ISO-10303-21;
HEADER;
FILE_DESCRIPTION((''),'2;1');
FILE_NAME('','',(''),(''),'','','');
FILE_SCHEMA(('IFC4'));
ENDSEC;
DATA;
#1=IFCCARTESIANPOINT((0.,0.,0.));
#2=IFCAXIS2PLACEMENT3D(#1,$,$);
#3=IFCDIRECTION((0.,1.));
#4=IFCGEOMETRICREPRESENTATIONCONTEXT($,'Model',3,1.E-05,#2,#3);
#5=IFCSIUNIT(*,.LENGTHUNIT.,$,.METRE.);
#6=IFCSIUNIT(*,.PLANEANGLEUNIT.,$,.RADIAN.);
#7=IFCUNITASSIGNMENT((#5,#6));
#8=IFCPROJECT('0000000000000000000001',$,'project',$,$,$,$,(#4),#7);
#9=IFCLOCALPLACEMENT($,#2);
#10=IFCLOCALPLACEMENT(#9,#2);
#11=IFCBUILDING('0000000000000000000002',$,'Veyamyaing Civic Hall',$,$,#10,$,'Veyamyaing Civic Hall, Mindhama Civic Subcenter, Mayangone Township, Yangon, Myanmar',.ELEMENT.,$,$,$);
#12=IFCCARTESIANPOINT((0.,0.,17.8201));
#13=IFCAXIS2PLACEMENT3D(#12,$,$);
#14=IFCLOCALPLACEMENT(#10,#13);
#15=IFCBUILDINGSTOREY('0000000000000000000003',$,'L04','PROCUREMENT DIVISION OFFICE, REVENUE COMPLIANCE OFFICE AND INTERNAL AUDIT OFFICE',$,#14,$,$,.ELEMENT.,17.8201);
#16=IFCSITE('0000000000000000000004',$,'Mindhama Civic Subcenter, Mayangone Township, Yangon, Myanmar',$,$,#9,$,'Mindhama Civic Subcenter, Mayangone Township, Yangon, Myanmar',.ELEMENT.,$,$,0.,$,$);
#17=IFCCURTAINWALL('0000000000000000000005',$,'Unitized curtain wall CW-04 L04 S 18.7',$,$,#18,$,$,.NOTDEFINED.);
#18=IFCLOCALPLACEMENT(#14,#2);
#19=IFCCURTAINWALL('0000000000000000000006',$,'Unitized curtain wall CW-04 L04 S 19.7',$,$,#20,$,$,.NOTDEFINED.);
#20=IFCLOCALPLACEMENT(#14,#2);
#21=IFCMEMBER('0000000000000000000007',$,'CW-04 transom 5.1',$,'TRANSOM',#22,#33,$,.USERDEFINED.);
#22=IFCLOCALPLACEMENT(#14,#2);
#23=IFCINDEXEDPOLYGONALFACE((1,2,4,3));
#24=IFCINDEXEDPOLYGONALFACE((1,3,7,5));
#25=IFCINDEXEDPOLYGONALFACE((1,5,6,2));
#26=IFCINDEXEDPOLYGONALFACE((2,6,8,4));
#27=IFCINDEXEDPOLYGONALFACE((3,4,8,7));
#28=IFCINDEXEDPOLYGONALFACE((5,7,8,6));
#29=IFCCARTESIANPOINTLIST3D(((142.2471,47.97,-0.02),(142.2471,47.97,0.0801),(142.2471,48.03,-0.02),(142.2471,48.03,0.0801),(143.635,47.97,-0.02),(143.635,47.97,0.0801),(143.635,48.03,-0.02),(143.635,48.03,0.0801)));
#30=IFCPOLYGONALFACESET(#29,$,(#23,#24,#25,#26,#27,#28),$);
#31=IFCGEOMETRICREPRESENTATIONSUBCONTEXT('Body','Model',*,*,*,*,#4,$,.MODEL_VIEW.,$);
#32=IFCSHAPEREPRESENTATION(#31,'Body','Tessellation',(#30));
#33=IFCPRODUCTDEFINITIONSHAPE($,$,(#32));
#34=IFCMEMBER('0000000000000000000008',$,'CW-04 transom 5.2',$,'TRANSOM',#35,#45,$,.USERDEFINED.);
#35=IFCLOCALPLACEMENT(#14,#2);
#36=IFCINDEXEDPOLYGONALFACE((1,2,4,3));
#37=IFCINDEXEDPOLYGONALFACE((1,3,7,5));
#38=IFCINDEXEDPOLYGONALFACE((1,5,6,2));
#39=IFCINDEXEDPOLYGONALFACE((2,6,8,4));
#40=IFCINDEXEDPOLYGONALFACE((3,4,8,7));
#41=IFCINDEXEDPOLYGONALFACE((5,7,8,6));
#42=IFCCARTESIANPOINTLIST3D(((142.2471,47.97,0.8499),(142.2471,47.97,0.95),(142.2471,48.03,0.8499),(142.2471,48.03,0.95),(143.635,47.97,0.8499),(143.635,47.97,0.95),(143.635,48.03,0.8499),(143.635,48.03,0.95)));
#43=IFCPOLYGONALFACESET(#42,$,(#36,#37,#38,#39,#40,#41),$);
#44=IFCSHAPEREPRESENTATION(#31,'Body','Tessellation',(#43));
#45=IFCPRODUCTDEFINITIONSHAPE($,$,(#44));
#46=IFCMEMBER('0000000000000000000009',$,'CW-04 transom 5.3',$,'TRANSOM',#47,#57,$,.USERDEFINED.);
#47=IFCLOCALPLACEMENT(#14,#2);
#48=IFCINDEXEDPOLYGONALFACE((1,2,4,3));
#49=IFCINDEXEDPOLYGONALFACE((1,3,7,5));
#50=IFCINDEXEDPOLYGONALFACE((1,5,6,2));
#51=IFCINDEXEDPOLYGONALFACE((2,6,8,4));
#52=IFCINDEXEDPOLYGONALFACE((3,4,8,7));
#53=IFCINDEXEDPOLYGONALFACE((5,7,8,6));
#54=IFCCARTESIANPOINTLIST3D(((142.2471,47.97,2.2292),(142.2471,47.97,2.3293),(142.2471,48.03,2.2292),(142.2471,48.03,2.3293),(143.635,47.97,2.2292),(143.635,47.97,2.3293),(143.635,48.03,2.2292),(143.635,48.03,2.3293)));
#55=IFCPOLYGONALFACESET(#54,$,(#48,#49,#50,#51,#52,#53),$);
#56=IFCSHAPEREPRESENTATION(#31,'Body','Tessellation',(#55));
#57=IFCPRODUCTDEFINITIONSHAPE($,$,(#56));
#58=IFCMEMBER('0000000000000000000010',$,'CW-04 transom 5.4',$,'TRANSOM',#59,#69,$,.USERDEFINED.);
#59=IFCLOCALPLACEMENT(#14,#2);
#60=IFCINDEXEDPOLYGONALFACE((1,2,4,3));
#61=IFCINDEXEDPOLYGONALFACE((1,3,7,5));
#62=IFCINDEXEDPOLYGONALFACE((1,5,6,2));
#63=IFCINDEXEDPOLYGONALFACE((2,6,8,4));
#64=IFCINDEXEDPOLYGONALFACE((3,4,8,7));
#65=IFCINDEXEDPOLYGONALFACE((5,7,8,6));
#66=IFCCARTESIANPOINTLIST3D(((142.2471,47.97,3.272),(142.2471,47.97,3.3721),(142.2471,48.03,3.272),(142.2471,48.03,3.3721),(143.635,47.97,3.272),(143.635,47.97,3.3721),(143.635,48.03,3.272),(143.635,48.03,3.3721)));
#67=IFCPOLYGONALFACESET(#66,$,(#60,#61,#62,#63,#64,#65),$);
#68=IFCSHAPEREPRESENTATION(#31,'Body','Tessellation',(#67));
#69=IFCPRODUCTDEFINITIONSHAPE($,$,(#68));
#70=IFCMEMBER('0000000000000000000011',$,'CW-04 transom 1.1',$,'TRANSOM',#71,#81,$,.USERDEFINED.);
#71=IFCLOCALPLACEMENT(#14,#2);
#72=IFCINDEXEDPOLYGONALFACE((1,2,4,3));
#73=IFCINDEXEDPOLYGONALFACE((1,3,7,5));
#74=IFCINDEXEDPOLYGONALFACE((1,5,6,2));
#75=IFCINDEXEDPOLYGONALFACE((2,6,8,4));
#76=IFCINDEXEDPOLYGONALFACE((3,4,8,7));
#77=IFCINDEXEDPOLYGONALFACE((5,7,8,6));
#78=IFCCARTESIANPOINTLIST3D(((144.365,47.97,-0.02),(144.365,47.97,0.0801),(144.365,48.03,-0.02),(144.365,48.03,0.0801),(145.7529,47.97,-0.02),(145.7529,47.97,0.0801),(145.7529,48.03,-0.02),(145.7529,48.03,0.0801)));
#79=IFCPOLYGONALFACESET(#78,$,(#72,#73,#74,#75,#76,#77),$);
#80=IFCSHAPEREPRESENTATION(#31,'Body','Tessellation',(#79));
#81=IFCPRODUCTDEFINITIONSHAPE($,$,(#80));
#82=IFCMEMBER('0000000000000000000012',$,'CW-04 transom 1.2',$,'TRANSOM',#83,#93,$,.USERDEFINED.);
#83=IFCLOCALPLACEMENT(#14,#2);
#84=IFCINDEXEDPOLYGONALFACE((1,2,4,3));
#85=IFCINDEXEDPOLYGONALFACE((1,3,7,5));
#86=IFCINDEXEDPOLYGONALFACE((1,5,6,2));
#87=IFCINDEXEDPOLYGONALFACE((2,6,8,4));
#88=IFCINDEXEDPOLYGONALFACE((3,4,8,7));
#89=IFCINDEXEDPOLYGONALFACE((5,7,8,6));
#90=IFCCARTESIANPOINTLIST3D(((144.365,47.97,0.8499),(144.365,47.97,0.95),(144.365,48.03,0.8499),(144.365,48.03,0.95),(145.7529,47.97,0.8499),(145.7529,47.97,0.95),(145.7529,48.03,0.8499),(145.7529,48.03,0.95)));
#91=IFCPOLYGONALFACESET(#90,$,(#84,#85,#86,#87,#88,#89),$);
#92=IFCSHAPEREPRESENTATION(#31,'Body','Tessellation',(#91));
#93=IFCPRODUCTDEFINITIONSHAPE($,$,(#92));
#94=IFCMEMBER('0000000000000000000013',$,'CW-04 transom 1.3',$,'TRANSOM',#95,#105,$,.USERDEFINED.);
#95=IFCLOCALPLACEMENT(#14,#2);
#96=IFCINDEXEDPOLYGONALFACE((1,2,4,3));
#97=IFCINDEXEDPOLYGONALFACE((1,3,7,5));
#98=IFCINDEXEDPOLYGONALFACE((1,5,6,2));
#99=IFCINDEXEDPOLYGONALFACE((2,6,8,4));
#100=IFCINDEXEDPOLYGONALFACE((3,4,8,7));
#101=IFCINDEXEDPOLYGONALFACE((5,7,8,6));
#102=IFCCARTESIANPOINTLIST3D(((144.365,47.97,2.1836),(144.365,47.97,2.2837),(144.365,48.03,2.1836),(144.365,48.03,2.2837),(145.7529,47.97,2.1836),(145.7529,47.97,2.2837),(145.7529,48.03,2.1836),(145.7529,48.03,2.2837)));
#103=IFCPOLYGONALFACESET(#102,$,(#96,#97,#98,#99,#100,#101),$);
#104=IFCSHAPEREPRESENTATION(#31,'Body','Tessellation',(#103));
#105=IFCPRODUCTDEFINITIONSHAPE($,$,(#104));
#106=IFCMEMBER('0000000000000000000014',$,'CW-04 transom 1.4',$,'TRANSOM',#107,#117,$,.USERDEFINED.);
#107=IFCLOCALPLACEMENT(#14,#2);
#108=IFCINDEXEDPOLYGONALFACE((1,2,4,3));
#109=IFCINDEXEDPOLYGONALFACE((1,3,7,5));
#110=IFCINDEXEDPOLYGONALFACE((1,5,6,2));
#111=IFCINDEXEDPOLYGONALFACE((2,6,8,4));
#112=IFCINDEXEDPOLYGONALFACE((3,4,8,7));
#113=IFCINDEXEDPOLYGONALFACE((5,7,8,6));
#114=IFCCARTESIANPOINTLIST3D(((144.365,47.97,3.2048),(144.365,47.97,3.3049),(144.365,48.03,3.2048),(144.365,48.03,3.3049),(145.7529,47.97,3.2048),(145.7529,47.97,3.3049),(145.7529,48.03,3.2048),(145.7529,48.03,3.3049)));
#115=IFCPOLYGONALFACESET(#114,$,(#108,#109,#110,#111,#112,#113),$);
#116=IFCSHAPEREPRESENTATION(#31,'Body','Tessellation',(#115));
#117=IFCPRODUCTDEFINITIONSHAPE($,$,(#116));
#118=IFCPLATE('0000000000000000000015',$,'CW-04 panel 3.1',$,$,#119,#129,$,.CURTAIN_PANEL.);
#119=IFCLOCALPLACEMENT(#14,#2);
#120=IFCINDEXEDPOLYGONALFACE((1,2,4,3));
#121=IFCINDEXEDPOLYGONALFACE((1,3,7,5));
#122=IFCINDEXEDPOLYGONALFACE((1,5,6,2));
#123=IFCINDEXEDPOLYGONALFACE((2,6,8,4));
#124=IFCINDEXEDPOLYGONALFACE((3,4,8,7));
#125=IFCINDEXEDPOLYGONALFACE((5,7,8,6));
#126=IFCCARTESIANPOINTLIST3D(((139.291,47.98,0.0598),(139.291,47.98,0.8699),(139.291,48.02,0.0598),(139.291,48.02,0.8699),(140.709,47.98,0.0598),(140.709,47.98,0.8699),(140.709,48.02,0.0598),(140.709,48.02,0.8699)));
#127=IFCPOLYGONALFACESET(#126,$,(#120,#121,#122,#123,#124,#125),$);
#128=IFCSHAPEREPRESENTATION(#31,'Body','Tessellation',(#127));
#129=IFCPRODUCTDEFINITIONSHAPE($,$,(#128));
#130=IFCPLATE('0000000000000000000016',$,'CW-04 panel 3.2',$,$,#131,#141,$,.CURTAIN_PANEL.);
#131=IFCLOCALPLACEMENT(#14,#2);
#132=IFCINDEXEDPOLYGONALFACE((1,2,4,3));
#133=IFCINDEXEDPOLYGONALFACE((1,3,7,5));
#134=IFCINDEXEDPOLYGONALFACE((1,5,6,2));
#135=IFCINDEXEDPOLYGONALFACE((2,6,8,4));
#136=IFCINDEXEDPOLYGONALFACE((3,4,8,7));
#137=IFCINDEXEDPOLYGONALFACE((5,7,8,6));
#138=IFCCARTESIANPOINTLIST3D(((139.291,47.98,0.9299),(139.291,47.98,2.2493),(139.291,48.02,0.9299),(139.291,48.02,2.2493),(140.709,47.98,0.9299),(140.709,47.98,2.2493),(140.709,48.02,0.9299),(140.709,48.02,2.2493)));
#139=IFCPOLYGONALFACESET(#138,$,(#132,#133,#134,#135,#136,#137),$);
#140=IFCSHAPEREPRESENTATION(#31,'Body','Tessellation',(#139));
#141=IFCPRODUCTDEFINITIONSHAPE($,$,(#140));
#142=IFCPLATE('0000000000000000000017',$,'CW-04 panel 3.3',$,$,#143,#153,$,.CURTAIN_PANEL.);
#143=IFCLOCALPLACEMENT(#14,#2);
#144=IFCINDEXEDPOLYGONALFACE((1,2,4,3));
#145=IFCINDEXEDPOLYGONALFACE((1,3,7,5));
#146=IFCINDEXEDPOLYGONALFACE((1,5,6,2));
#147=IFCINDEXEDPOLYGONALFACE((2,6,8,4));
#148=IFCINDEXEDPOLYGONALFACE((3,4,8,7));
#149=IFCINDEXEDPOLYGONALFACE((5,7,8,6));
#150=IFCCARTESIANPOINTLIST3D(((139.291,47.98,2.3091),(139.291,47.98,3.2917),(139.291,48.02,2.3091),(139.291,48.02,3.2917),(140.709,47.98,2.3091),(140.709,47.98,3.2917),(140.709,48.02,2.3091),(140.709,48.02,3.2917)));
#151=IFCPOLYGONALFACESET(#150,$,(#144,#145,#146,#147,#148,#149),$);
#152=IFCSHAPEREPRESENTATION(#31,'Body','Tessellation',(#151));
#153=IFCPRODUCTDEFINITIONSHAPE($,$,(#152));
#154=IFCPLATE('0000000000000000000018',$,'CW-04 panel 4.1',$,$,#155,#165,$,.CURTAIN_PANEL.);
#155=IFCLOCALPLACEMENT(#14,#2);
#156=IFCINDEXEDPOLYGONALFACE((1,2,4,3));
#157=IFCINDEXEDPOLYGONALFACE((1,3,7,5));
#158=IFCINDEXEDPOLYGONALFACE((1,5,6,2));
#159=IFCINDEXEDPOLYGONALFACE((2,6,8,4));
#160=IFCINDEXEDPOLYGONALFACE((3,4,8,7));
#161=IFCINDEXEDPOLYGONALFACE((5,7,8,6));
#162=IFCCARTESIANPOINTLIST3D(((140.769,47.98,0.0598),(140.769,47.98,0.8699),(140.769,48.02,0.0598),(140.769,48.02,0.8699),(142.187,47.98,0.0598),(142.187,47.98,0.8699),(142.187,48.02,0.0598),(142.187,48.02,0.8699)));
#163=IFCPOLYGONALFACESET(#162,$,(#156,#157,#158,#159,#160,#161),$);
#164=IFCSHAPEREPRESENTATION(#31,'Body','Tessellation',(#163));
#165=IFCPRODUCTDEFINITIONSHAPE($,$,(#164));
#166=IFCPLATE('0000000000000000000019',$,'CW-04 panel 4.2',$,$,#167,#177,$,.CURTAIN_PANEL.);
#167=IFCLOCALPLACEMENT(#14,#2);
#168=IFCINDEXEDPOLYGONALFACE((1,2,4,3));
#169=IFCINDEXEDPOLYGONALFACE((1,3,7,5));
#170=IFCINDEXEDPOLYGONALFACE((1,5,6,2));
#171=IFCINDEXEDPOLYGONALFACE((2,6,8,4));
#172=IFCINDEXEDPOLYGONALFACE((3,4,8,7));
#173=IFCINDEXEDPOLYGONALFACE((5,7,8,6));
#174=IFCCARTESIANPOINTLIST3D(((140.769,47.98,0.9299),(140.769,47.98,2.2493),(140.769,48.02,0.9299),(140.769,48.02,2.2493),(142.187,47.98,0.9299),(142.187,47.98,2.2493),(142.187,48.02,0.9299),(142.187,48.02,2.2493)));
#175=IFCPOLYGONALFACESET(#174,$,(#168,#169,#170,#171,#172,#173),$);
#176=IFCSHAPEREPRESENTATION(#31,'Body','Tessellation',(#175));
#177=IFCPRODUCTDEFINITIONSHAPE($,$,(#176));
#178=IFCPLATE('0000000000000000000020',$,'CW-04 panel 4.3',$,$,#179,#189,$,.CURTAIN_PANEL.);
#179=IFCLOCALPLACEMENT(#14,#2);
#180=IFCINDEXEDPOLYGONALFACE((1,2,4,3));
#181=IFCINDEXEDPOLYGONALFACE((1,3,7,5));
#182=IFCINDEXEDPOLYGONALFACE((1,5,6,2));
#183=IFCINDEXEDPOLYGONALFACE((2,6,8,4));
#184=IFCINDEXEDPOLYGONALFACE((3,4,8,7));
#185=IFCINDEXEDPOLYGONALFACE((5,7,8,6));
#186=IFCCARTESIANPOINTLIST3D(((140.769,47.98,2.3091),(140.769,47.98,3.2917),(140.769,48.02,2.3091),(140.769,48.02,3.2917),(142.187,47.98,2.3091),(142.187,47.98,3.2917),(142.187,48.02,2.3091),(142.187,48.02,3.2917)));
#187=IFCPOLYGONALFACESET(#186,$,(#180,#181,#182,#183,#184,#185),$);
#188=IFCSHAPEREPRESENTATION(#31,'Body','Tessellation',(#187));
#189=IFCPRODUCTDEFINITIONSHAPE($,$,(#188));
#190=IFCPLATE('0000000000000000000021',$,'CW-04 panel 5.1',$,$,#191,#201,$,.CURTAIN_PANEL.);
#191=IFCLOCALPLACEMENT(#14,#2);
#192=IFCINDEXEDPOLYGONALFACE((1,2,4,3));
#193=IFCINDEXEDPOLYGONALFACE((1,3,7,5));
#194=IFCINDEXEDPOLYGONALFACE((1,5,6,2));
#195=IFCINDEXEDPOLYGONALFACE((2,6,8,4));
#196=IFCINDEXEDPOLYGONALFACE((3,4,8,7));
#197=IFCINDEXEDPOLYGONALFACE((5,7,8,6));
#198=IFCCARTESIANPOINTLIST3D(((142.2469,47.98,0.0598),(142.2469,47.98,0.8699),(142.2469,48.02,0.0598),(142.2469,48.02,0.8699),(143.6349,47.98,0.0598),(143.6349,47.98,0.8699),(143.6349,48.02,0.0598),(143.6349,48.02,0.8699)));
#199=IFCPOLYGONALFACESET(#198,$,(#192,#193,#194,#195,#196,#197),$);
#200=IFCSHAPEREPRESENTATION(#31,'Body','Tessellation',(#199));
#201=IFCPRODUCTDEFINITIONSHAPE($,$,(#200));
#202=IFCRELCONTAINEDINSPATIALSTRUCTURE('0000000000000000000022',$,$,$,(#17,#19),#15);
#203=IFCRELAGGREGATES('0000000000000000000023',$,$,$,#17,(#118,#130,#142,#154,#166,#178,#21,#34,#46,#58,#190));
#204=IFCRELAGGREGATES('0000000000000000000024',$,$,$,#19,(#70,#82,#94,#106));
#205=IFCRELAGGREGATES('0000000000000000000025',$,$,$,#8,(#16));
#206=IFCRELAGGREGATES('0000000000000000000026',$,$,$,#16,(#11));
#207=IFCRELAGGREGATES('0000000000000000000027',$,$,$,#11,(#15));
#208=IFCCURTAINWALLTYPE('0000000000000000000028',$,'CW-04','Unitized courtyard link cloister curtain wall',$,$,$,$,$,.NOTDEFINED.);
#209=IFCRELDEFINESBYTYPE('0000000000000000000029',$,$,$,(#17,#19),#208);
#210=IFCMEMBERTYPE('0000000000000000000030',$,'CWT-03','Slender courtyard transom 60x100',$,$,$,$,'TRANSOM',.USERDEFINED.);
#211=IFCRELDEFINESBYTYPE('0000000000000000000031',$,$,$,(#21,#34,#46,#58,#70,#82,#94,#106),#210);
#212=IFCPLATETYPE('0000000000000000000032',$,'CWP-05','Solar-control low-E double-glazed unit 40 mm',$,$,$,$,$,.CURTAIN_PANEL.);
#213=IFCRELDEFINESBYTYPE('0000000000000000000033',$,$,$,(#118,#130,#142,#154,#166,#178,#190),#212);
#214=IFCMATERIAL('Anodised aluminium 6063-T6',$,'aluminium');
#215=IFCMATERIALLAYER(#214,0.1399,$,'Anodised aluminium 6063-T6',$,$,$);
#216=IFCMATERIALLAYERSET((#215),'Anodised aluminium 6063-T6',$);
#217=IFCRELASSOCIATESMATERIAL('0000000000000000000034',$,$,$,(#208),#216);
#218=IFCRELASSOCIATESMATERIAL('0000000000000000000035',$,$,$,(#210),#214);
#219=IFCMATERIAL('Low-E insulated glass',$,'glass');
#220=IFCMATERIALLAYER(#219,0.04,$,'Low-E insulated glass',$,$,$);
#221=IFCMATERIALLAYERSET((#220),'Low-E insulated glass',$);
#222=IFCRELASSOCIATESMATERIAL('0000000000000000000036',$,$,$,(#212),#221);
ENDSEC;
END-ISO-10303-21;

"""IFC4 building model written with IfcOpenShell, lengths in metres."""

from ifc_helpers import new_model, si_unit, direction, frame, origin, origin_2d, place, context, subcontext, project, spatial, rectangle, extrude, material, layer, layer_set, material_profile, profile_set, type_object, element, aggregate, save


model = new_model("IFC4")

# Units and contexts
model_context = context("Model", 3, precision=1e-05, world=origin(), true_north=direction((0.0, 1.0)))
body_context = subcontext(model_context, "Body", "Model", "MODEL_VIEW")
ifc_project = project(units=[si_unit("LENGTHUNIT", "METRE"), si_unit("PLANEANGLEUNIT", "RADIAN")], contexts=[model_context])

# Site, building, storey
site_placement = place(None, origin())
site = spatial("IfcSite", under=ifc_project, at=site_placement, Name="Mindhama Civic Subcenter, Mayangone Township, Yangon, Myanmar", LongName="Mindhama Civic Subcenter, Mayangone Township, Yangon, Myanmar", CompositionType="ELEMENT", RefElevation=0.0)
building_placement = place(site_placement, origin())
building = spatial("IfcBuilding", under=site, at=building_placement, Name="Veyamyaing Civic Hall", LongName="Veyamyaing Civic Hall, Mindhama Civic Subcenter, Mayangone Township, Yangon, Myanmar", CompositionType="ELEMENT")
storey_placement = place(building_placement, frame((0.0, 0.0, 17.8201)))
storey = spatial("IfcBuildingStorey", under=building, at=storey_placement, Name="L04", Description="PROCUREMENT DIVISION OFFICE, REVENUE COMPLIANCE OFFICE AND INTERNAL AUDIT OFFICE", CompositionType="ELEMENT", Elevation=17.8201)

# Curtain wall
ifc_material_1 = material(Name="Anodised aluminium 6063-T6", Category="aluminium")
ifc_layer_1 = layer(ifc_material_1, 0.1399, Name="Anodised aluminium 6063-T6")
ifc_layer_set_1 = layer_set([ifc_layer_1], Name="Anodised aluminium 6063-T6")
curtain_wall_type = type_object("IfcCurtainWallType", Name="CW-04", Description="Unitized courtyard link cloister curtain wall", PredefinedType="NOTDEFINED", material=ifc_layer_set_1)
curtain_wall_1_placement = place(storey_placement, origin())
curtain_wall_1 = element("IfcCurtainWall", 1, at=curtain_wall_1_placement, inside=storey, type_object=curtain_wall_type, Name="Unitized curtain wall CW-04 L04 S 18.7", PredefinedType="NOTDEFINED")

# Curtain wall
curtain_wall_2_placement = place(storey_placement, origin())
curtain_wall_2 = element("IfcCurtainWall", 2, at=curtain_wall_2_placement, inside=storey, type_object=curtain_wall_type, Name="Unitized curtain wall CW-04 L04 S 19.7", PredefinedType="NOTDEFINED")

# Members
ifc_material_profile_1 = material_profile(ifc_material_1, rectangle(XDim=0.0601, YDim=0.1001, at=origin_2d()), Name="ALU-TRN-60X100")
ifc_profile_set_1 = profile_set([ifc_material_profile_1], Name="Anodised aluminium 6063-T6")
member_type_1 = type_object("IfcMemberType", Name="CWT-03", Description="Slender courtyard transom 60x100", ElementType="TRANSOM", PredefinedType="USERDEFINED", material=ifc_profile_set_1)
member_1_placement = place(storey_placement, frame((142.2471, 48.0, 0.03), z_axis=(1.0, 0.0, 0.0), x_axis=(0.0, 1.0, 0.0)))
member_1 = element("IfcMember", 3, at=member_1_placement, type_object=member_type_1, Name="CW-04 transom 5.1", ObjectType="TRANSOM", PredefinedType="USERDEFINED", context=body_context, shape_type="SweptSolid", body=[
    extrude(rectangle(XDim=0.0601, YDim=0.1001, at=origin_2d()), origin(), (0.0, 0.0, 1.0), 1.3879),
])
member_2_placement = place(storey_placement, frame((142.2471, 48.0, 0.8999), z_axis=(1.0, 0.0, 0.0), x_axis=(0.0, 1.0, 0.0)))
member_2 = element("IfcMember", 4, at=member_2_placement, type_object=member_type_1, Name="CW-04 transom 5.2", ObjectType="TRANSOM", PredefinedType="USERDEFINED", context=body_context, shape_type="SweptSolid", body=[
    extrude(rectangle(XDim=0.0601, YDim=0.1001, at=origin_2d()), origin(), (0.0, 0.0, 1.0), 1.3879),
])
member_3_placement = place(storey_placement, frame((142.2471, 48.0, 2.2793), z_axis=(1.0, 0.0, 0.0), x_axis=(0.0, 1.0, 0.0)))
member_3 = element("IfcMember", 5, at=member_3_placement, type_object=member_type_1, Name="CW-04 transom 5.3", ObjectType="TRANSOM", PredefinedType="USERDEFINED", context=body_context, shape_type="SweptSolid", body=[
    extrude(rectangle(XDim=0.0601, YDim=0.1001, at=origin_2d()), origin(), (0.0, 0.0, 1.0), 1.3879),
])
member_4_placement = place(storey_placement, frame((142.2471, 48.0, 3.322), z_axis=(1.0, 0.0, 0.0), x_axis=(0.0, 1.0, 0.0)))
member_4 = element("IfcMember", 6, at=member_4_placement, type_object=member_type_1, Name="CW-04 transom 5.4", ObjectType="TRANSOM", PredefinedType="USERDEFINED", context=body_context, shape_type="SweptSolid", body=[
    extrude(rectangle(XDim=0.0601, YDim=0.1001, at=origin_2d()), origin(), (0.0, 0.0, 1.0), 1.3879),
])
member_5_placement = place(storey_placement, frame((144.365, 48.0, 0.03), z_axis=(1.0, 0.0, 0.0), x_axis=(0.0, 1.0, 0.0)))
member_5 = element("IfcMember", 7, at=member_5_placement, type_object=member_type_1, Name="CW-04 transom 1.1", ObjectType="TRANSOM", PredefinedType="USERDEFINED", context=body_context, shape_type="SweptSolid", body=[
    extrude(rectangle(XDim=0.0601, YDim=0.1001, at=origin_2d()), origin(), (0.0, 0.0, 1.0), 1.3879),
])
member_6_placement = place(storey_placement, frame((144.365, 48.0, 0.8999), z_axis=(1.0, 0.0, 0.0), x_axis=(0.0, 1.0, 0.0)))
member_6 = element("IfcMember", 8, at=member_6_placement, type_object=member_type_1, Name="CW-04 transom 1.2", ObjectType="TRANSOM", PredefinedType="USERDEFINED", context=body_context, shape_type="SweptSolid", body=[
    extrude(rectangle(XDim=0.0601, YDim=0.1001, at=origin_2d()), origin(), (0.0, 0.0, 1.0), 1.3879),
])
member_7_placement = place(storey_placement, frame((144.365, 48.0, 2.2336), z_axis=(1.0, 0.0, 0.0), x_axis=(0.0, 1.0, 0.0)))
member_7 = element("IfcMember", 9, at=member_7_placement, type_object=member_type_1, Name="CW-04 transom 1.3", ObjectType="TRANSOM", PredefinedType="USERDEFINED", context=body_context, shape_type="SweptSolid", body=[
    extrude(rectangle(XDim=0.0601, YDim=0.1001, at=origin_2d()), origin(), (0.0, 0.0, 1.0), 1.3879),
])
member_8_placement = place(storey_placement, frame((144.365, 48.0, 3.2549), z_axis=(1.0, 0.0, 0.0), x_axis=(0.0, 1.0, 0.0)))
member_8 = element("IfcMember", 10, at=member_8_placement, type_object=member_type_1, Name="CW-04 transom 1.4", ObjectType="TRANSOM", PredefinedType="USERDEFINED", context=body_context, shape_type="SweptSolid", body=[
    extrude(rectangle(XDim=0.0601, YDim=0.1001, at=origin_2d()), origin(), (0.0, 0.0, 1.0), 1.3879),
])

# Plates
ifc_material_2 = material(Name="Low-E insulated glass", Category="glass")
ifc_layer_2 = layer(ifc_material_2, 0.04, Name="Low-E insulated glass")
ifc_layer_set_2 = layer_set([ifc_layer_2], Name="Low-E insulated glass")
plate_type_1 = type_object("IfcPlateType", Name="CWP-05", Description="Solar-control low-E double-glazed unit 40 mm", PredefinedType="CURTAIN_PANEL", material=ifc_layer_set_2)
plate_1_placement = place(storey_placement, frame((140.0, 48.0, 0.0598), z_axis=(0.0, 0.0, 1.0), x_axis=(1.0, 0.0, 0.0)))
plate_1 = element("IfcPlate", 11, at=plate_1_placement, type_object=plate_type_1, Name="CW-04 panel 3.1", PredefinedType="CURTAIN_PANEL", context=body_context, shape_type="SweptSolid", body=[
    extrude(rectangle(XDim=1.418, YDim=0.04, at=origin_2d()), origin(), (0.0, 0.0, 1.0), 0.8101),
])
plate_2_placement = place(storey_placement, frame((140.0, 48.0, 0.9299), z_axis=(0.0, 0.0, 1.0), x_axis=(1.0, 0.0, 0.0)))
plate_2 = element("IfcPlate", 12, at=plate_2_placement, type_object=plate_type_1, Name="CW-04 panel 3.2", PredefinedType="CURTAIN_PANEL", context=body_context, shape_type="SweptSolid", body=[
    extrude(rectangle(XDim=1.418, YDim=0.04, at=origin_2d()), origin(), (0.0, 0.0, 1.0), 1.3193),
])
plate_3_placement = place(storey_placement, frame((140.0, 48.0, 2.3091), z_axis=(0.0, 0.0, 1.0), x_axis=(1.0, 0.0, 0.0)))
plate_3 = element("IfcPlate", 13, at=plate_3_placement, type_object=plate_type_1, Name="CW-04 panel 3.3", PredefinedType="CURTAIN_PANEL", context=body_context, shape_type="SweptSolid", body=[
    extrude(rectangle(XDim=1.418, YDim=0.04, at=origin_2d()), origin(), (0.0, 0.0, 1.0), 0.9827),
])
plate_4_placement = place(storey_placement, frame((141.478, 48.0, 0.0598), z_axis=(0.0, 0.0, 1.0), x_axis=(1.0, 0.0, 0.0)))
plate_4 = element("IfcPlate", 14, at=plate_4_placement, type_object=plate_type_1, Name="CW-04 panel 4.1", PredefinedType="CURTAIN_PANEL", context=body_context, shape_type="SweptSolid", body=[
    extrude(rectangle(XDim=1.418, YDim=0.04, at=origin_2d()), origin(), (0.0, 0.0, 1.0), 0.8101),
])
plate_5_placement = place(storey_placement, frame((141.478, 48.0, 0.9299), z_axis=(0.0, 0.0, 1.0), x_axis=(1.0, 0.0, 0.0)))
plate_5 = element("IfcPlate", 15, at=plate_5_placement, type_object=plate_type_1, Name="CW-04 panel 4.2", PredefinedType="CURTAIN_PANEL", context=body_context, shape_type="SweptSolid", body=[
    extrude(rectangle(XDim=1.418, YDim=0.04, at=origin_2d()), origin(), (0.0, 0.0, 1.0), 1.3193),
])
plate_6_placement = place(storey_placement, frame((141.478, 48.0, 2.3091), z_axis=(0.0, 0.0, 1.0), x_axis=(1.0, 0.0, 0.0)))
plate_6 = element("IfcPlate", 16, at=plate_6_placement, type_object=plate_type_1, Name="CW-04 panel 4.3", PredefinedType="CURTAIN_PANEL", context=body_context, shape_type="SweptSolid", body=[
    extrude(rectangle(XDim=1.418, YDim=0.04, at=origin_2d()), origin(), (0.0, 0.0, 1.0), 0.9827),
])
plate_7_placement = place(storey_placement, frame((142.9409, 48.0, 0.0598), z_axis=(0.0, 0.0, 1.0), x_axis=(1.0, 0.0, 0.0)))
plate_7 = element("IfcPlate", 17, at=plate_7_placement, type_object=plate_type_1, Name="CW-04 panel 5.1", PredefinedType="CURTAIN_PANEL", context=body_context, shape_type="SweptSolid", body=[
    extrude(rectangle(XDim=1.3879, YDim=0.04, at=origin_2d()), origin(), (0.0, 0.0, 1.0), 0.8101),
])
aggregate(curtain_wall_1, [plate_1, plate_2, plate_3, plate_4, plate_5, plate_6, member_1, member_2, member_3, member_4, plate_7])
aggregate(curtain_wall_2, [member_5, member_6, member_7, member_8])

save(model, "model.ifc")
